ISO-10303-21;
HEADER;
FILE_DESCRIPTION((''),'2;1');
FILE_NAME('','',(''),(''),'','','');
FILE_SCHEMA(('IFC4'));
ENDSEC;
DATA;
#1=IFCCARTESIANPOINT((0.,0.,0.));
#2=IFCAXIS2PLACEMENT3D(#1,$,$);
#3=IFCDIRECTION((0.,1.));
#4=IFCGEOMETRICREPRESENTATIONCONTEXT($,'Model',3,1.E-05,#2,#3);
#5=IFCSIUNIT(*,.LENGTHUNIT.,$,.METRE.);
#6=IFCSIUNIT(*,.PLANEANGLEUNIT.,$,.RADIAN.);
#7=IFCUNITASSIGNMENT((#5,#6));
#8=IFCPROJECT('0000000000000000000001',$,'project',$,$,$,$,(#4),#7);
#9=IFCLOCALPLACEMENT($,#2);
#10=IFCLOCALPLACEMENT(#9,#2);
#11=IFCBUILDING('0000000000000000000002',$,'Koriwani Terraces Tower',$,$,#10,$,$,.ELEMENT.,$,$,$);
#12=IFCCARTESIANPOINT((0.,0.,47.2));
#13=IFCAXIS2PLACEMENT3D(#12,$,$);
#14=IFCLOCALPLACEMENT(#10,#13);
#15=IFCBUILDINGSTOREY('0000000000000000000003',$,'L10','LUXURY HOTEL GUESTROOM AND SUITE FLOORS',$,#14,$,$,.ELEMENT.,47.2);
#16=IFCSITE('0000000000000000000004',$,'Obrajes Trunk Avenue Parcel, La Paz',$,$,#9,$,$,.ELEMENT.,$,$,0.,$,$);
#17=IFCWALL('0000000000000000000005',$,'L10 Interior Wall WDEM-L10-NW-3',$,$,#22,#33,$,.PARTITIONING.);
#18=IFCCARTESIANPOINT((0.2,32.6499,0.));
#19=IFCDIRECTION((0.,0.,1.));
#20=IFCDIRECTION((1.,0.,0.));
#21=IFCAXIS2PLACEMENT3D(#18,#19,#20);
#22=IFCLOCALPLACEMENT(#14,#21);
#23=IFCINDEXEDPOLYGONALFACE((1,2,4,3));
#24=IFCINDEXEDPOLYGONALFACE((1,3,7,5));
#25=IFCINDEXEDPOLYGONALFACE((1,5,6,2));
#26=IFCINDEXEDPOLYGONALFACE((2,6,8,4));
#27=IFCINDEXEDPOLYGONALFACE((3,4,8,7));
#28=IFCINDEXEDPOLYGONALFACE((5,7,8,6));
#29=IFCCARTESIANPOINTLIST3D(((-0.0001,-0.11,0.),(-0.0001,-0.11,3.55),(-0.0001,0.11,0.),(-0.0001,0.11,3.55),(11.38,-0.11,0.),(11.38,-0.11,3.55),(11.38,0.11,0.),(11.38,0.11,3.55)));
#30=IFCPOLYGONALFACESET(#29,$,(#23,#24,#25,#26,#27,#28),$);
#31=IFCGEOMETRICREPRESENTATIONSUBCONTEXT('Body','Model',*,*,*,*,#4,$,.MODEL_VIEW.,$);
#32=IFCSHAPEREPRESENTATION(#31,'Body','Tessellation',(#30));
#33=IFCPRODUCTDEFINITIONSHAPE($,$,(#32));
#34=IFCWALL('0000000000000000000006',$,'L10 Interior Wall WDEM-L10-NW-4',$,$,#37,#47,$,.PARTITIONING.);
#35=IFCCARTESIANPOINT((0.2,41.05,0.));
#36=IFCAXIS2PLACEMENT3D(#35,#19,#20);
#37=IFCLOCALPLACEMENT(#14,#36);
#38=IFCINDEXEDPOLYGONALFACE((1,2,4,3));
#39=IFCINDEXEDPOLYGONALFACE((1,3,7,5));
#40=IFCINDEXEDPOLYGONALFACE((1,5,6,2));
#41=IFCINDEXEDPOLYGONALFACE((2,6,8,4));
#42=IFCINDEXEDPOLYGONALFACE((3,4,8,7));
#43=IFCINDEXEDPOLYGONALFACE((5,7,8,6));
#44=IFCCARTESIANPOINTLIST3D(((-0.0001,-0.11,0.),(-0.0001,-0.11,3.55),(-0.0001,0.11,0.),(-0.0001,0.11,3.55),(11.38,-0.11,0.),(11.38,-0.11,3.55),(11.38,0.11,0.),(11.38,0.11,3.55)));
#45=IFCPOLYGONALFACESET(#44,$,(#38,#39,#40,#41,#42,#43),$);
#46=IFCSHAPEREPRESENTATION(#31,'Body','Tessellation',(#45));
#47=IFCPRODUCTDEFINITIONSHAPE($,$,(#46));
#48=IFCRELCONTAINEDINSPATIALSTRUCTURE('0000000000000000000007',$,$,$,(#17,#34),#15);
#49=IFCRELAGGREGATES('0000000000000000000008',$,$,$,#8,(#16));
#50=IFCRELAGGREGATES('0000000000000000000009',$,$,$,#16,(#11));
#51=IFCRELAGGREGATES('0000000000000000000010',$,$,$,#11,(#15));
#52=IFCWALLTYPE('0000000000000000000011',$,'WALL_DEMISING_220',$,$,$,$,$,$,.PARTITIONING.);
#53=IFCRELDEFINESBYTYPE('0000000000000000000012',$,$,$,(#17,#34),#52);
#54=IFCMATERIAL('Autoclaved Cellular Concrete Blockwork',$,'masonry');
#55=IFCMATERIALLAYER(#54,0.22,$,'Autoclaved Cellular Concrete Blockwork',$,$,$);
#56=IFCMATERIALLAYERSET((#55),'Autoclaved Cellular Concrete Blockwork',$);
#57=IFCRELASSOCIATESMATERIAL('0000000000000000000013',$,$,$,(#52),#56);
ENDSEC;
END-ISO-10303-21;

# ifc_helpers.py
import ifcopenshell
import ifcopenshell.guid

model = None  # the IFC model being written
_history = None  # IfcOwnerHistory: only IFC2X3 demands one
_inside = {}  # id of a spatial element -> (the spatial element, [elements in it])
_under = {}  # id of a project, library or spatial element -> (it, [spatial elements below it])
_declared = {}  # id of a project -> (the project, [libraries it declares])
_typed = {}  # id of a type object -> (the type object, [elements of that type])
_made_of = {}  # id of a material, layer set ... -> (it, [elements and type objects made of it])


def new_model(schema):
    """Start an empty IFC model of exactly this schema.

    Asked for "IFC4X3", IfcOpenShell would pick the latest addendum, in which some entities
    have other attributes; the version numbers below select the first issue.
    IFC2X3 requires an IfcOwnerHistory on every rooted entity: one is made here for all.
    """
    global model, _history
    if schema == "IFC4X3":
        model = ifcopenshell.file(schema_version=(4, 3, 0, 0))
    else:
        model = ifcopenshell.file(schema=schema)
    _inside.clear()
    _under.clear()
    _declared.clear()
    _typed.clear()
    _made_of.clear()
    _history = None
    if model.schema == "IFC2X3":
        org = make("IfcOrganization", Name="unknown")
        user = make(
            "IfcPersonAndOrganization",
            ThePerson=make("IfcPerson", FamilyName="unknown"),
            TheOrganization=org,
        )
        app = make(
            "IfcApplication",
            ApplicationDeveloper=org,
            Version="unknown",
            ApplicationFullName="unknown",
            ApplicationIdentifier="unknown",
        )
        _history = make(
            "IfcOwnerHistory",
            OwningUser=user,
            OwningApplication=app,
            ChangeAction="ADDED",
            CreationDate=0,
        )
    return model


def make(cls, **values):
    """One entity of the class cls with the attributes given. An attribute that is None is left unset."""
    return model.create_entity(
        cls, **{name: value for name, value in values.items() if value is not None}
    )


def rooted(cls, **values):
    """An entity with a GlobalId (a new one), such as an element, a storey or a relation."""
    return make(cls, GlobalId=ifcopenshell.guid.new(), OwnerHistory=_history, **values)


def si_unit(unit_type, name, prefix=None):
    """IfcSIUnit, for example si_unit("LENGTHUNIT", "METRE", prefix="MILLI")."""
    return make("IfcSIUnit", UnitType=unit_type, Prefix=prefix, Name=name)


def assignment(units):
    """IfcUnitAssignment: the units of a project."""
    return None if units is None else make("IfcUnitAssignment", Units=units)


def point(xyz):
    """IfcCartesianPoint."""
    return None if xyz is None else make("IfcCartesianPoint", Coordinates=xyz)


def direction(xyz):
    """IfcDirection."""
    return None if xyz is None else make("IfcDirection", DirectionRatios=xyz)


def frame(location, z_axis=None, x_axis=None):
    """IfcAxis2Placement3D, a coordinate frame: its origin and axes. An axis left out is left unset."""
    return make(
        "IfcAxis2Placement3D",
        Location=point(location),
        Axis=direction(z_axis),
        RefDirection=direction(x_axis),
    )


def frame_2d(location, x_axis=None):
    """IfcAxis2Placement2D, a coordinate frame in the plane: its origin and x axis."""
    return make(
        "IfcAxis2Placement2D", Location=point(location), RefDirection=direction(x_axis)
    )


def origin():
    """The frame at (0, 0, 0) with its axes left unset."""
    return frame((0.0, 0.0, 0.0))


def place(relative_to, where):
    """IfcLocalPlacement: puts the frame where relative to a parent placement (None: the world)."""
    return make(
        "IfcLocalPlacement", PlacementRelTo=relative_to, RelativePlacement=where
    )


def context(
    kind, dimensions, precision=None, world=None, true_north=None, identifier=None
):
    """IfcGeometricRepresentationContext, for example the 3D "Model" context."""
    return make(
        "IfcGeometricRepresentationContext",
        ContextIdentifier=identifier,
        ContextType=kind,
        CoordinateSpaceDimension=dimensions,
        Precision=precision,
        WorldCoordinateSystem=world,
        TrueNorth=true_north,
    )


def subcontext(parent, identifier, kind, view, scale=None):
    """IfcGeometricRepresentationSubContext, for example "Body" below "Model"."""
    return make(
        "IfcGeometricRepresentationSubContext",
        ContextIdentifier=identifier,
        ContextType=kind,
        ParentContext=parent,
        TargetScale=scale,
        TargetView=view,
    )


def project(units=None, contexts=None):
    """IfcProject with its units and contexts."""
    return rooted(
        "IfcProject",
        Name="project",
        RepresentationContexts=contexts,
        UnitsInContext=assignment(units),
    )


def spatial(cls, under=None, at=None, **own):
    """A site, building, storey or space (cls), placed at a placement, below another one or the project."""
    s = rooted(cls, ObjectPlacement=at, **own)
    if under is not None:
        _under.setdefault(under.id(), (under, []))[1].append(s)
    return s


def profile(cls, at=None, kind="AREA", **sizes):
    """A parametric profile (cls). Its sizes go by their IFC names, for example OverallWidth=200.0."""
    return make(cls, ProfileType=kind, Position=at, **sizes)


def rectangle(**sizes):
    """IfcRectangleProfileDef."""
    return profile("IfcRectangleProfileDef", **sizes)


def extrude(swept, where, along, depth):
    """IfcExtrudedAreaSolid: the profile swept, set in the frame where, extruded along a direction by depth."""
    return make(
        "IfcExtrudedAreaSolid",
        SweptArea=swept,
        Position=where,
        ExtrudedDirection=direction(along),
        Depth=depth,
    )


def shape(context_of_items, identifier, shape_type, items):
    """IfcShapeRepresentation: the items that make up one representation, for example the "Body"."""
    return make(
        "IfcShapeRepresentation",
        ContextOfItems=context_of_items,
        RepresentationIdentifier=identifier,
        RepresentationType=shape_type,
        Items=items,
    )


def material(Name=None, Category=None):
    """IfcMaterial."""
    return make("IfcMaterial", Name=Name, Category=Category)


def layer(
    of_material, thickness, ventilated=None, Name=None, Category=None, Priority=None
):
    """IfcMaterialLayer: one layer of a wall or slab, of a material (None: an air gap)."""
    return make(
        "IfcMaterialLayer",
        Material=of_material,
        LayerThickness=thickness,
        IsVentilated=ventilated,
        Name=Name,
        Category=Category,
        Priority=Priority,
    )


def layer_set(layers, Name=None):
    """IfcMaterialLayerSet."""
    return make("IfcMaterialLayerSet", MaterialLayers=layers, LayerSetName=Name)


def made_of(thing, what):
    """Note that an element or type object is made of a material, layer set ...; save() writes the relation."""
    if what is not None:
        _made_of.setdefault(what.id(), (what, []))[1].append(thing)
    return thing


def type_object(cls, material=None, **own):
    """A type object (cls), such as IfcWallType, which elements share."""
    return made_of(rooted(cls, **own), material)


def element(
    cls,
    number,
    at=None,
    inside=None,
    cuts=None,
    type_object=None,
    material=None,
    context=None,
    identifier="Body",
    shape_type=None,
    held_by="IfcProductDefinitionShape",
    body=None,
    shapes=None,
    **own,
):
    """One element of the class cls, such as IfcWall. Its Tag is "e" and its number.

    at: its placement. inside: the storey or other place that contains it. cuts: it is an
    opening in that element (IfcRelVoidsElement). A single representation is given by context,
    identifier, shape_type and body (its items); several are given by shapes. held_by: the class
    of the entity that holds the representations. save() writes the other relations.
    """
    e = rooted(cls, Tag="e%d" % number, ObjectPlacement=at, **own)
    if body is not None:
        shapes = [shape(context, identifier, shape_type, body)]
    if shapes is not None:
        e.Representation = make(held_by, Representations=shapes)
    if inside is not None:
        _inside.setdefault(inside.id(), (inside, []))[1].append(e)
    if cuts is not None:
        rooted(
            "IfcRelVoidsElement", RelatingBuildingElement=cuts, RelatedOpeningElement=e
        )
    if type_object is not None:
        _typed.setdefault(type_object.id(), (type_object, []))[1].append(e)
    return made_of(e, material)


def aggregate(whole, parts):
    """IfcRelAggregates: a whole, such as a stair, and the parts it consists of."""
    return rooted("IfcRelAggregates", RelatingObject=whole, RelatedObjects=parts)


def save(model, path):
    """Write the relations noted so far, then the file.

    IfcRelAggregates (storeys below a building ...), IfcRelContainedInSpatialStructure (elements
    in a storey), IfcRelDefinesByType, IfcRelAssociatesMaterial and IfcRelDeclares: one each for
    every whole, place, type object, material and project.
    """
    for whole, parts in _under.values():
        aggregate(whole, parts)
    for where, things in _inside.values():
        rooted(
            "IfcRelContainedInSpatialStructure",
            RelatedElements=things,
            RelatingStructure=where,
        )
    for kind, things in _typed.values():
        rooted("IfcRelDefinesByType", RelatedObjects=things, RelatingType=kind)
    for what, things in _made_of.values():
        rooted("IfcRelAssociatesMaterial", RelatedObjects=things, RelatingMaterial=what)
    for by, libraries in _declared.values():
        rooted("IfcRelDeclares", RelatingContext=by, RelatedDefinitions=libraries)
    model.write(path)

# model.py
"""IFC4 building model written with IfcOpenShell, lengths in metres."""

from ifc_helpers import new_model, si_unit, direction, frame, frame_2d, origin, place, context, subcontext, project, spatial, rectangle, extrude, material, layer, layer_set, type_object, element, save


model = new_model("IFC4")

# Units and contexts
model_context = context("Model", 3, precision=1e-05, world=origin(), true_north=direction((0.0, 1.0)))
body_context = subcontext(model_context, "Body", "Model", "MODEL_VIEW")
ifc_project = project(units=[si_unit("LENGTHUNIT", "METRE"), si_unit("PLANEANGLEUNIT", "RADIAN")], contexts=[model_context])

# Site, building, storey
site_placement = place(None, origin())
site = spatial("IfcSite", under=ifc_project, at=site_placement, Name="Obrajes Trunk Avenue Parcel, La Paz", CompositionType="ELEMENT", RefElevation=0.0)
building_placement = place(site_placement, origin())
building = spatial("IfcBuilding", under=site, at=building_placement, Name="Koriwani Terraces Tower", CompositionType="ELEMENT")
storey_placement = place(building_placement, frame((0.0, 0.0, 47.2)))
storey = spatial("IfcBuildingStorey", under=building, at=storey_placement, Name="L10", Description="LUXURY HOTEL GUESTROOM AND SUITE FLOORS", CompositionType="ELEMENT", Elevation=47.2)

# Walls
ifc_material_1 = material(Name="Autoclaved Cellular Concrete Blockwork", Category="masonry")
ifc_layer_1 = layer(ifc_material_1, 0.22, Name="Autoclaved Cellular Concrete Blockwork")
ifc_layer_set_1 = layer_set([ifc_layer_1], Name="Autoclaved Cellular Concrete Blockwork")
wall_type_1 = type_object("IfcWallType", Name="WALL_DEMISING_220", PredefinedType="PARTITIONING", material=ifc_layer_set_1)
for number, where, z_axis, x_axis, name in (
    (1, (0.2, 32.6499, 0.0), (0.0, 0.0, 1.0), (1.0, 0.0, 0.0), "L10 Interior Wall WDEM-L10-NW-3"),
    (2, (0.2, 41.05, 0.0), (0.0, 0.0, 1.0), (1.0, 0.0, 0.0), "L10 Interior Wall WDEM-L10-NW-4"),
):
    element("IfcWall", number, at=place(storey_placement, frame(where, z_axis=z_axis, x_axis=x_axis)), inside=storey, type_object=wall_type_1, Name=name, PredefinedType="PARTITIONING", context=body_context, shape_type="SweptSolid", body=[
        extrude(rectangle(XDim=11.3801, YDim=0.22, at=frame_2d((5.6899, 0.0))), origin(), (0.0, 0.0, 1.0), 3.55),
    ])

save(model, "model.ifc")
